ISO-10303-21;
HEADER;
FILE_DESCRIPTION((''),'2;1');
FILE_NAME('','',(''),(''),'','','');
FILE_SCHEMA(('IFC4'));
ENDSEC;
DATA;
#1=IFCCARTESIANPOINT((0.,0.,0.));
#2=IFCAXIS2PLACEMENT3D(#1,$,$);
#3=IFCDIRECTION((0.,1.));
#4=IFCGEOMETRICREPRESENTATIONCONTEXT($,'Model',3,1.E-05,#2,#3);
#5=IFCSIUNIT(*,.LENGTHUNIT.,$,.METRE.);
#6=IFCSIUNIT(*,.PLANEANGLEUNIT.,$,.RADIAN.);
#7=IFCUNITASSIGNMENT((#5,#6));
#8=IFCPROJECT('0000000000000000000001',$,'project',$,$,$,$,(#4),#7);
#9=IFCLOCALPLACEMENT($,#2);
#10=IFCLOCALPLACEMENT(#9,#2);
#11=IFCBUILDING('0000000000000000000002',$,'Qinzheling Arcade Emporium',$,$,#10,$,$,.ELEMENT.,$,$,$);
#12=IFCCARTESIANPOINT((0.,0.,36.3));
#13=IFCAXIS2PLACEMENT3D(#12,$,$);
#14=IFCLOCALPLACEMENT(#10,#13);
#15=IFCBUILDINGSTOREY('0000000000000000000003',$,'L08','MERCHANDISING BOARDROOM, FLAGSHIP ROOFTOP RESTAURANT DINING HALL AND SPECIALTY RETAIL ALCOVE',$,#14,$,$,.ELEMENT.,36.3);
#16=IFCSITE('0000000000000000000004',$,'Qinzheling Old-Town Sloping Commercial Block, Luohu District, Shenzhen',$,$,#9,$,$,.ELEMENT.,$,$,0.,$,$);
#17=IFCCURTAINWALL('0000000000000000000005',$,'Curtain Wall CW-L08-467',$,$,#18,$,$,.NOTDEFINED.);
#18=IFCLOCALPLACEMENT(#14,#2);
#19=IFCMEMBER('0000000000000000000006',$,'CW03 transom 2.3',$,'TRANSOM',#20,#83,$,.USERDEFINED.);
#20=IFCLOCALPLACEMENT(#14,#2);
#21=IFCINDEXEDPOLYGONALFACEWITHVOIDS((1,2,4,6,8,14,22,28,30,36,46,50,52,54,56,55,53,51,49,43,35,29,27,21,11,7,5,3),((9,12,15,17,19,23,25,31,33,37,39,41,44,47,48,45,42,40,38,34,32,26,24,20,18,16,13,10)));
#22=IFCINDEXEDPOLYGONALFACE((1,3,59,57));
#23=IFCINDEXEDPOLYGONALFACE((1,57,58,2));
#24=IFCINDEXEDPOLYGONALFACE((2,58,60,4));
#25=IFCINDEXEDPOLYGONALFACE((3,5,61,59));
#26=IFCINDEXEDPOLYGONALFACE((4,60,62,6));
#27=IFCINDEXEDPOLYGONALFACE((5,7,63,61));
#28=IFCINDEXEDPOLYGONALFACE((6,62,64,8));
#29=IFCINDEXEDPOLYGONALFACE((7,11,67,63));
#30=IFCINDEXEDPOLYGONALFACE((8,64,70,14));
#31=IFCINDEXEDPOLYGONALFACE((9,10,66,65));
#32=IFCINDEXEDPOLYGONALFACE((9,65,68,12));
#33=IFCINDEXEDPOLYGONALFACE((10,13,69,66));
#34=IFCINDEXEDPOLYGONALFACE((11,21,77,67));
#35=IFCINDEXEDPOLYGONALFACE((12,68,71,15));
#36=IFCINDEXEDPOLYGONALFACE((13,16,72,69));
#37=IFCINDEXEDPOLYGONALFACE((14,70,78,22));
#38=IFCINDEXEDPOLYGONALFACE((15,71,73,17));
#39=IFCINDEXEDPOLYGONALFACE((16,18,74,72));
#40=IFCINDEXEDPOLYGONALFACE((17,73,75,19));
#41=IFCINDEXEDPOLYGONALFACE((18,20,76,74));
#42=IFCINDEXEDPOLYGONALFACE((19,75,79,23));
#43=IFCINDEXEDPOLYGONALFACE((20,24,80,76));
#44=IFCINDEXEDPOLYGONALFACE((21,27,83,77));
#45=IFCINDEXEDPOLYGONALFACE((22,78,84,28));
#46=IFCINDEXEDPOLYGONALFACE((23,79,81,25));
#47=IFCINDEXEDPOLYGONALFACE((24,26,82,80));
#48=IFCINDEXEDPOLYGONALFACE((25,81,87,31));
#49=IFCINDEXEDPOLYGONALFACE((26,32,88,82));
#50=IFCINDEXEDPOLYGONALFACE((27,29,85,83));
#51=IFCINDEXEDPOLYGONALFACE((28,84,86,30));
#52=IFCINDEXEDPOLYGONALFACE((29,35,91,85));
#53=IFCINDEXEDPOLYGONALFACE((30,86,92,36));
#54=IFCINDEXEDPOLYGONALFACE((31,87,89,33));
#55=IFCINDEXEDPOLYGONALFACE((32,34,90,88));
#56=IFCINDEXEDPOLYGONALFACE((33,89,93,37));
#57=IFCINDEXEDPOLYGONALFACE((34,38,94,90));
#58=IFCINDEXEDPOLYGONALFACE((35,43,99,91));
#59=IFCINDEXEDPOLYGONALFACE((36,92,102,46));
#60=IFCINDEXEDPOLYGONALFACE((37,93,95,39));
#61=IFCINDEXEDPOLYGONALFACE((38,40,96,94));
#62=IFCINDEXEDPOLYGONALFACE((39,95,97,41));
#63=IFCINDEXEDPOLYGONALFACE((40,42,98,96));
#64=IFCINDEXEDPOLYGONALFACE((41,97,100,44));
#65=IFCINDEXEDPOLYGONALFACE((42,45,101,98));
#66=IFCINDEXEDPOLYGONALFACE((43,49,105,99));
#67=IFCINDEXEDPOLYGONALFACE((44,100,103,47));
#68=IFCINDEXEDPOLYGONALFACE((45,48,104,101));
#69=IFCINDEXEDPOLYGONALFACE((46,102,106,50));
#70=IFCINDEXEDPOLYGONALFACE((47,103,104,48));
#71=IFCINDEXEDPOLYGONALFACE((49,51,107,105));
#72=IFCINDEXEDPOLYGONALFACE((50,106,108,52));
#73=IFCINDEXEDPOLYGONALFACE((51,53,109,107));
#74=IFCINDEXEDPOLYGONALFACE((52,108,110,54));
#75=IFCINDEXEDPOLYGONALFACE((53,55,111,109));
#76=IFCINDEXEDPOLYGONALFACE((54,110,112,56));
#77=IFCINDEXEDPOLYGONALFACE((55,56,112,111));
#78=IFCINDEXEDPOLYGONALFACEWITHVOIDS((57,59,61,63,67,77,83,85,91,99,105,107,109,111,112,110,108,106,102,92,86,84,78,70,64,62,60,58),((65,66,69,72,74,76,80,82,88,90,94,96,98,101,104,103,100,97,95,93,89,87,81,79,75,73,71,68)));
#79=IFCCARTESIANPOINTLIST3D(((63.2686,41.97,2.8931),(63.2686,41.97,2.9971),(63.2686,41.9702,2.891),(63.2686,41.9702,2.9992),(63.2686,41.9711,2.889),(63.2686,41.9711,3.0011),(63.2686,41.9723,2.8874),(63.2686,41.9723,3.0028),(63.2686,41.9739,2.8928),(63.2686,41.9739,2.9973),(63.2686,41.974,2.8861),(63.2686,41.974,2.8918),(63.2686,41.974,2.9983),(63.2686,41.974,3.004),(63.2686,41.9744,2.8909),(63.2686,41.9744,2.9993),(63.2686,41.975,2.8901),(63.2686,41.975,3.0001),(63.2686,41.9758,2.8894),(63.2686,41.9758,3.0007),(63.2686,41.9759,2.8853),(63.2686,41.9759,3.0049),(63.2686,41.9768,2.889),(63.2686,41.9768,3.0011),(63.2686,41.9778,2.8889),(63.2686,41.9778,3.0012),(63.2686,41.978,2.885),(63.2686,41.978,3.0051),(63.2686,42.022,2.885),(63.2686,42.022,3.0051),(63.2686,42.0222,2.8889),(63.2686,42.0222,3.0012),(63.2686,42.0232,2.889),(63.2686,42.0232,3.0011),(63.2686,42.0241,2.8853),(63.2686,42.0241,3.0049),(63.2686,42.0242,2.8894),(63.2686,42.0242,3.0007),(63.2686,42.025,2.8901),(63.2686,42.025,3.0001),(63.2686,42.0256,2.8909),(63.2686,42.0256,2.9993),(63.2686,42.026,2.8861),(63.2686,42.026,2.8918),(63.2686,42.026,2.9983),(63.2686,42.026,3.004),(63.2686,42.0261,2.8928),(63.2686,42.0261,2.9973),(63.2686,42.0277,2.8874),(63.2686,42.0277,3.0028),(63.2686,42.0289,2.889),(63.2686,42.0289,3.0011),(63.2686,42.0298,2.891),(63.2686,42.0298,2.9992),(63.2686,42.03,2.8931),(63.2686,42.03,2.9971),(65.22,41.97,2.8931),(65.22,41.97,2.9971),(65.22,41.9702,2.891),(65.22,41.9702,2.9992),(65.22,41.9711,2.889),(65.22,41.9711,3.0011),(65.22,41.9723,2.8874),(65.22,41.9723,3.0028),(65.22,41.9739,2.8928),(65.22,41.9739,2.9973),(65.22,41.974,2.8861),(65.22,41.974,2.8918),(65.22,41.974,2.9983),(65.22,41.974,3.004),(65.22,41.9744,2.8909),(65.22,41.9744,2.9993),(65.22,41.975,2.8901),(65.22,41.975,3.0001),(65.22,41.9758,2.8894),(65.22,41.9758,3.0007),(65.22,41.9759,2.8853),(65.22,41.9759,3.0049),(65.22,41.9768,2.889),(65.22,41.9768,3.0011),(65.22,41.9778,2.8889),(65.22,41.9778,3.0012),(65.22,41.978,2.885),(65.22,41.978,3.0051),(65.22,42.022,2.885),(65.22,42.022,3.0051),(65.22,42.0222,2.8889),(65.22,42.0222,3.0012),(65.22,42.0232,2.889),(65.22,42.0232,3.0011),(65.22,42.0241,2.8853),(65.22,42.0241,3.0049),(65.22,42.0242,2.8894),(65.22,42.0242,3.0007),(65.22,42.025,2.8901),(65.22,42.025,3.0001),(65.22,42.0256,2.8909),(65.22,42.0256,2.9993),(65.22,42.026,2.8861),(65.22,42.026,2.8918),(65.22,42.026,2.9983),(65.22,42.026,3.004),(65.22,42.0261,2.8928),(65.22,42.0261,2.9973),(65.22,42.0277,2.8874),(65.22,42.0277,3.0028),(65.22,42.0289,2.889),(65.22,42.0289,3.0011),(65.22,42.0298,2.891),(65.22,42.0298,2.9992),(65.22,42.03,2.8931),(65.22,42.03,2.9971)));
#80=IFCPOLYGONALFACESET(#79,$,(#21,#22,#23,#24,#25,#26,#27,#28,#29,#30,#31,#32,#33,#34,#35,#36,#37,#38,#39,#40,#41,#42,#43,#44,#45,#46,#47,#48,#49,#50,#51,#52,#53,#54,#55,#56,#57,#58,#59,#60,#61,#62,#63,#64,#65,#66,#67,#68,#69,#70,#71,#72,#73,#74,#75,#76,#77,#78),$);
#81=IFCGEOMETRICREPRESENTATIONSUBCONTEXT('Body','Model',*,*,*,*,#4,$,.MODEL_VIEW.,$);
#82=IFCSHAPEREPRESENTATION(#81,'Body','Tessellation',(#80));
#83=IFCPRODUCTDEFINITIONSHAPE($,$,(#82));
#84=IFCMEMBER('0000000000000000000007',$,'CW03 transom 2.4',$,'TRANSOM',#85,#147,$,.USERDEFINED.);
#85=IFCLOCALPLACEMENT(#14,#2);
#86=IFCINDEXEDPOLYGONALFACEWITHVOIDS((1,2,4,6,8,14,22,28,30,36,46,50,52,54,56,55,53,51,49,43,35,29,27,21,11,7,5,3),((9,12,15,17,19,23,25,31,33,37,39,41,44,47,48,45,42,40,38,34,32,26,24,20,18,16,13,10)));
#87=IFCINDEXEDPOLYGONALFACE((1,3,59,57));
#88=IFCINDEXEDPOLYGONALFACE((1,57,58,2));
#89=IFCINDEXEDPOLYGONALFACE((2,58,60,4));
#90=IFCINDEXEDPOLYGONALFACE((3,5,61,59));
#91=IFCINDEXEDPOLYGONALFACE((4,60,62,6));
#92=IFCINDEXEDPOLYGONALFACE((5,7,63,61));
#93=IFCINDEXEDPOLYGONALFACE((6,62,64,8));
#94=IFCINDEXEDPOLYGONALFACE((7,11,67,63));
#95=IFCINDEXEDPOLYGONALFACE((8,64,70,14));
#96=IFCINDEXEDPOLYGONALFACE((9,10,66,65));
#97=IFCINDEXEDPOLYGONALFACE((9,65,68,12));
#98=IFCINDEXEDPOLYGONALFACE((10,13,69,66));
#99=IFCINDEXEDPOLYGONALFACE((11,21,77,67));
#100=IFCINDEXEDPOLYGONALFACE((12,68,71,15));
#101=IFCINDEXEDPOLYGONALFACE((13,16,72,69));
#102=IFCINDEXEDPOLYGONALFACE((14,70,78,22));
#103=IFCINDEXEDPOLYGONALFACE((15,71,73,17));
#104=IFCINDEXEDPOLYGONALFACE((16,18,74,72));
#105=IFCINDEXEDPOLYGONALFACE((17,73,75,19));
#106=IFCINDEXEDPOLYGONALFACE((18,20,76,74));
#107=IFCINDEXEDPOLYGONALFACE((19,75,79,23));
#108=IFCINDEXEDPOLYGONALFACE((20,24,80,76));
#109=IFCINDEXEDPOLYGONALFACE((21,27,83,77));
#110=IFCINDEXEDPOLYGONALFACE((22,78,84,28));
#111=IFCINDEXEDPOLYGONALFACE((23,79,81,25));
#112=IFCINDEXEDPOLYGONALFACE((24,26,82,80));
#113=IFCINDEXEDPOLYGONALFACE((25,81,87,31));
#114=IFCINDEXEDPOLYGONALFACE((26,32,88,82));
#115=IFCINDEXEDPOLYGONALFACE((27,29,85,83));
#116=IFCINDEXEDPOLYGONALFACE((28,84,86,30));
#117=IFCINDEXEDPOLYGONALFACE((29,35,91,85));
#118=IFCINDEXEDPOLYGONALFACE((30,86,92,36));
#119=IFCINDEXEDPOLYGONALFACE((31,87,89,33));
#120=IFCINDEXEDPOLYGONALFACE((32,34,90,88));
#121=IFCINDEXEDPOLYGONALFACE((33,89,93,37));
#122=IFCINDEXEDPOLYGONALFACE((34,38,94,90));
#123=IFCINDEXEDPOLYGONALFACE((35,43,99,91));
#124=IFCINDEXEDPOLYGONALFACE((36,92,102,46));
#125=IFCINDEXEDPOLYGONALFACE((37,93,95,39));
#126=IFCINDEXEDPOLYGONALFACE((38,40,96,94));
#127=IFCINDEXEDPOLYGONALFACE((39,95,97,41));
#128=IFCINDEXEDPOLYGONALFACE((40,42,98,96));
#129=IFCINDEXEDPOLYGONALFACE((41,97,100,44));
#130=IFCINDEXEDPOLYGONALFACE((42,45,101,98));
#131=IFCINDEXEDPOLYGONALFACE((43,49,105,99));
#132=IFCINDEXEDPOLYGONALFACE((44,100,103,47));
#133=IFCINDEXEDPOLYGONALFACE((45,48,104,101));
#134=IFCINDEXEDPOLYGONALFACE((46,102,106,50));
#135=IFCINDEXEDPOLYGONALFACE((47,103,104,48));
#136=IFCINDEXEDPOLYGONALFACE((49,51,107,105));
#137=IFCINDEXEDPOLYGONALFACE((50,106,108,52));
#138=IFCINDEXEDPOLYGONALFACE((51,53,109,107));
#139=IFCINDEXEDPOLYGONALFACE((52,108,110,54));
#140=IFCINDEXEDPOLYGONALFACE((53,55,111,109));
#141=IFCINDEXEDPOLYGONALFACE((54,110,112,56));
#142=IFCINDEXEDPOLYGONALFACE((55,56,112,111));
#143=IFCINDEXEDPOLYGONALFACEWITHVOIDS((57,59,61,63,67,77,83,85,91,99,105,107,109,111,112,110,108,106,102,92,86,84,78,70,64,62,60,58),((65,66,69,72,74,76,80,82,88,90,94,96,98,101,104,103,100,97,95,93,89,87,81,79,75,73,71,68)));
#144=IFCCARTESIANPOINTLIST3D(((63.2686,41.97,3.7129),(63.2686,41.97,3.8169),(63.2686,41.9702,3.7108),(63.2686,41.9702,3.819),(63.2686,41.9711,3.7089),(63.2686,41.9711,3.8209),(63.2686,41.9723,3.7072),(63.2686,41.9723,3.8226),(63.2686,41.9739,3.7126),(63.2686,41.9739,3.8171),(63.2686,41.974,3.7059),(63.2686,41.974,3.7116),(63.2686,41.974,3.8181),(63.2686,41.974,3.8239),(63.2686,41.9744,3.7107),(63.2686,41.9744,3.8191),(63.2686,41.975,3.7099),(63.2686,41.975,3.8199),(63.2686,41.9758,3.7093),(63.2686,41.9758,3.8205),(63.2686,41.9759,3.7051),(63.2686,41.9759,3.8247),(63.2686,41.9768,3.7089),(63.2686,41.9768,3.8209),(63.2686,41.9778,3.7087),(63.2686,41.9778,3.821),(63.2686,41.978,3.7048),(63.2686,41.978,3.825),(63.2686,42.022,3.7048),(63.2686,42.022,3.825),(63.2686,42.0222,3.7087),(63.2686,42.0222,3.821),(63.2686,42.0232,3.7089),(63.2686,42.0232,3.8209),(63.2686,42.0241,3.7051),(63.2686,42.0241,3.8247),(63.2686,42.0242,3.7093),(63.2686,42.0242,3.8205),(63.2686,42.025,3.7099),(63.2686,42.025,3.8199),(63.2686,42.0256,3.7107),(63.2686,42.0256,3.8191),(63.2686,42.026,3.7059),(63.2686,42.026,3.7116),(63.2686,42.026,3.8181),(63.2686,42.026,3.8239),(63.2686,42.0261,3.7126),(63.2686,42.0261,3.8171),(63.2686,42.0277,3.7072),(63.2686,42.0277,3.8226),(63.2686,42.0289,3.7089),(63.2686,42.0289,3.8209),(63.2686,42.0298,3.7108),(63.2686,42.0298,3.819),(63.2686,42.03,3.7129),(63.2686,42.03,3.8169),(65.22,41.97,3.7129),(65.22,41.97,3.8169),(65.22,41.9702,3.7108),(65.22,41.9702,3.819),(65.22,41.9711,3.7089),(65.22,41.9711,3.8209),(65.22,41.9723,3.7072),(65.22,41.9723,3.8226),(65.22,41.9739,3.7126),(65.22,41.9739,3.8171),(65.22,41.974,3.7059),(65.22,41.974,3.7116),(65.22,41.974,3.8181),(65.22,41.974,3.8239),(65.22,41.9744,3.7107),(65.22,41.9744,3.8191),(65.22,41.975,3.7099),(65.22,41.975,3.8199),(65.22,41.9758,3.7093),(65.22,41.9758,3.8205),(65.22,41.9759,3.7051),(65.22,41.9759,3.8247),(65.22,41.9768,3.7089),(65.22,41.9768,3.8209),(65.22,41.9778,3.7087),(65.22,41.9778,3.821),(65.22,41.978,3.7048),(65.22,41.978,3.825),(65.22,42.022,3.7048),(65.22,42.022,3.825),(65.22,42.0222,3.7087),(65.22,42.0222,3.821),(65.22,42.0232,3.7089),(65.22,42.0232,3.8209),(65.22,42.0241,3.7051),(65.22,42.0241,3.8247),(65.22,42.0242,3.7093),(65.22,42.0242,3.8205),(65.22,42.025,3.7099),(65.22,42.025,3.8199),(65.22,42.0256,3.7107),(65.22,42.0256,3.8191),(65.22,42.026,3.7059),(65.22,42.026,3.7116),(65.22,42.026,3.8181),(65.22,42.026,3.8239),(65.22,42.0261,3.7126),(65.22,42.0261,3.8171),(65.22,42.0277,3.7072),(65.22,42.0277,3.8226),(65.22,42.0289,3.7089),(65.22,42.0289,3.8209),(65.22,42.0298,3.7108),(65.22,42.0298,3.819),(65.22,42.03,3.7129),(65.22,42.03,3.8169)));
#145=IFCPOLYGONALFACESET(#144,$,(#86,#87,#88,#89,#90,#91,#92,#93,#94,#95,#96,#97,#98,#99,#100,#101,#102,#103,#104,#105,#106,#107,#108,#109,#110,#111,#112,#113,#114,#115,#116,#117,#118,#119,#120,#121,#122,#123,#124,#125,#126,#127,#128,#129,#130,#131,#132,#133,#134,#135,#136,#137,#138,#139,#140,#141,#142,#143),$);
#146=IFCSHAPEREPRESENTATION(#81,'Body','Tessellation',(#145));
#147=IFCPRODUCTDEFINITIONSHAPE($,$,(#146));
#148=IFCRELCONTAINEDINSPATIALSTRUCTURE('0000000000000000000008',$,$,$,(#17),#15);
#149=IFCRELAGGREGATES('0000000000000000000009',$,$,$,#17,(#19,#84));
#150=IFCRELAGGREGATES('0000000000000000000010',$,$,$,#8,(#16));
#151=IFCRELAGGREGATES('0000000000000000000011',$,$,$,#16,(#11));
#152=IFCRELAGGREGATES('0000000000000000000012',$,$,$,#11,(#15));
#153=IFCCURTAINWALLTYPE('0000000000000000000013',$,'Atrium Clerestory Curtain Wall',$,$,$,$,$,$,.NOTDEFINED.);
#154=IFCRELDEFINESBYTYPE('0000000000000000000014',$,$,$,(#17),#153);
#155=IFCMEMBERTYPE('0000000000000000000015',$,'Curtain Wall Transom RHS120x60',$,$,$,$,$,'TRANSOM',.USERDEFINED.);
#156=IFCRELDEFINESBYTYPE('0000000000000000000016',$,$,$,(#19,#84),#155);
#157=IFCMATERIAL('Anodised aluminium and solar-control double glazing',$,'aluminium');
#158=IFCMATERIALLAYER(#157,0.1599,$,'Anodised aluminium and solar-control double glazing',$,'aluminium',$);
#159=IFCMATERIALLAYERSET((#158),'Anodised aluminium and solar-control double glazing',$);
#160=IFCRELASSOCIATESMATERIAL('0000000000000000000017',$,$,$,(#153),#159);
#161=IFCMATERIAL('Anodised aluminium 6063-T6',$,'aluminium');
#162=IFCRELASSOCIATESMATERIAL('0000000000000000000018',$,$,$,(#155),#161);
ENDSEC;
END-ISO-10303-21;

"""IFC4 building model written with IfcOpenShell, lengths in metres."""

from ifc_helpers import new_model, si_unit, direction, frame, origin, origin_2d, place, context, subcontext, project, spatial, hollow_rectangle, extrude, material, layer, layer_set, material_profile, profile_set, type_object, element, aggregate, save


model = new_model("IFC4")

# Units and contexts
model_context = context("Model", 3, precision=1e-05, world=origin(), true_north=direction((0.0, 1.0)))
body_context = subcontext(model_context, "Body", "Model", "MODEL_VIEW")
ifc_project = project(units=[si_unit("LENGTHUNIT", "METRE"), si_unit("PLANEANGLEUNIT", "RADIAN")], contexts=[model_context])

# Site, building, storey
site_placement = place(None, origin())
site = spatial("IfcSite", under=ifc_project, at=site_placement, Name="Qinzheling Old-Town Sloping Commercial Block, Luohu District, Shenzhen", CompositionType="ELEMENT", RefElevation=0.0)
building_placement = place(site_placement, origin())
building = spatial("IfcBuilding", under=site, at=building_placement, Name="Qinzheling Arcade Emporium", CompositionType="ELEMENT")
storey_placement = place(building_placement, frame((0.0, 0.0, 36.3)))
storey = spatial("IfcBuildingStorey", under=building, at=storey_placement, Name="L08", Description="MERCHANDISING BOARDROOM, FLAGSHIP ROOFTOP RESTAURANT DINING HALL AND SPECIALTY RETAIL ALCOVE", CompositionType="ELEMENT", Elevation=36.3)

# Curtain wall, members
ifc_material_1 = material(Name="Anodised aluminium and solar-control double glazing", Category="aluminium")
ifc_layer_1 = layer(ifc_material_1, 0.1599, Name="Anodised aluminium and solar-control double glazing", Category="aluminium")
ifc_layer_set_1 = layer_set([ifc_layer_1], Name="Anodised aluminium and solar-control double glazing")
curtain_wall_type = type_object("IfcCurtainWallType", Name="Atrium Clerestory Curtain Wall", PredefinedType="NOTDEFINED", material=ifc_layer_set_1)
curtain_wall_placement = place(storey_placement, origin())
curtain_wall = element("IfcCurtainWall", 1, at=curtain_wall_placement, inside=storey, type_object=curtain_wall_type, Name="Curtain Wall CW-L08-467", PredefinedType="NOTDEFINED")
ifc_material_2 = material(Name="Anodised aluminium 6063-T6", Category="aluminium")
ifc_material_profile_1 = material_profile(ifc_material_2, hollow_rectangle(XDim=0.0601, YDim=0.1201, WallThickness=0.0039, InnerFilletRadius=0.0039, OuterFilletRadius=0.0081, at=origin_2d()), Name="RHS 120x60x4", Category="aluminium")
ifc_profile_set_1 = profile_set([ifc_material_profile_1], Name="Anodised aluminium 6063-T6")
member_type_1 = type_object("IfcMemberType", Name="Curtain Wall Transom RHS120x60", ElementType="TRANSOM", PredefinedType="USERDEFINED", material=ifc_profile_set_1)
member_1_placement = place(storey_placement, frame((63.2686, 42.0, 2.9451), z_axis=(1.0, 0.0, 0.0), x_axis=(0.0, 1.0, 0.0)))
member_1 = element("IfcMember", 2, at=member_1_placement, type_object=member_type_1, Name="CW03 transom 2.3", ObjectType="TRANSOM", PredefinedType="USERDEFINED", context=body_context, shape_type="SweptSolid", body=[
    extrude(hollow_rectangle(XDim=0.0601, YDim=0.1201, WallThickness=0.0039, InnerFilletRadius=0.0039, OuterFilletRadius=0.0081, at=origin_2d()), origin(), (0.0, 0.0, 1.0), 1.9514),
])
member_2_placement = place(storey_placement, frame((63.2686, 42.0, 3.7649), z_axis=(1.0, 0.0, 0.0), x_axis=(0.0, 1.0, 0.0)))
member_2 = element("IfcMember", 3, at=member_2_placement, type_object=member_type_1, Name="CW03 transom 2.4", ObjectType="TRANSOM", PredefinedType="USERDEFINED", context=body_context, shape_type="SweptSolid", body=[
    extrude(hollow_rectangle(XDim=0.0601, YDim=0.1201, WallThickness=0.0039, InnerFilletRadius=0.0039, OuterFilletRadius=0.0081, at=origin_2d()), origin(), (0.0, 0.0, 1.0), 1.9514),
])
aggregate(curtain_wall, [member_1, member_2])

save(model, "model.ifc")
